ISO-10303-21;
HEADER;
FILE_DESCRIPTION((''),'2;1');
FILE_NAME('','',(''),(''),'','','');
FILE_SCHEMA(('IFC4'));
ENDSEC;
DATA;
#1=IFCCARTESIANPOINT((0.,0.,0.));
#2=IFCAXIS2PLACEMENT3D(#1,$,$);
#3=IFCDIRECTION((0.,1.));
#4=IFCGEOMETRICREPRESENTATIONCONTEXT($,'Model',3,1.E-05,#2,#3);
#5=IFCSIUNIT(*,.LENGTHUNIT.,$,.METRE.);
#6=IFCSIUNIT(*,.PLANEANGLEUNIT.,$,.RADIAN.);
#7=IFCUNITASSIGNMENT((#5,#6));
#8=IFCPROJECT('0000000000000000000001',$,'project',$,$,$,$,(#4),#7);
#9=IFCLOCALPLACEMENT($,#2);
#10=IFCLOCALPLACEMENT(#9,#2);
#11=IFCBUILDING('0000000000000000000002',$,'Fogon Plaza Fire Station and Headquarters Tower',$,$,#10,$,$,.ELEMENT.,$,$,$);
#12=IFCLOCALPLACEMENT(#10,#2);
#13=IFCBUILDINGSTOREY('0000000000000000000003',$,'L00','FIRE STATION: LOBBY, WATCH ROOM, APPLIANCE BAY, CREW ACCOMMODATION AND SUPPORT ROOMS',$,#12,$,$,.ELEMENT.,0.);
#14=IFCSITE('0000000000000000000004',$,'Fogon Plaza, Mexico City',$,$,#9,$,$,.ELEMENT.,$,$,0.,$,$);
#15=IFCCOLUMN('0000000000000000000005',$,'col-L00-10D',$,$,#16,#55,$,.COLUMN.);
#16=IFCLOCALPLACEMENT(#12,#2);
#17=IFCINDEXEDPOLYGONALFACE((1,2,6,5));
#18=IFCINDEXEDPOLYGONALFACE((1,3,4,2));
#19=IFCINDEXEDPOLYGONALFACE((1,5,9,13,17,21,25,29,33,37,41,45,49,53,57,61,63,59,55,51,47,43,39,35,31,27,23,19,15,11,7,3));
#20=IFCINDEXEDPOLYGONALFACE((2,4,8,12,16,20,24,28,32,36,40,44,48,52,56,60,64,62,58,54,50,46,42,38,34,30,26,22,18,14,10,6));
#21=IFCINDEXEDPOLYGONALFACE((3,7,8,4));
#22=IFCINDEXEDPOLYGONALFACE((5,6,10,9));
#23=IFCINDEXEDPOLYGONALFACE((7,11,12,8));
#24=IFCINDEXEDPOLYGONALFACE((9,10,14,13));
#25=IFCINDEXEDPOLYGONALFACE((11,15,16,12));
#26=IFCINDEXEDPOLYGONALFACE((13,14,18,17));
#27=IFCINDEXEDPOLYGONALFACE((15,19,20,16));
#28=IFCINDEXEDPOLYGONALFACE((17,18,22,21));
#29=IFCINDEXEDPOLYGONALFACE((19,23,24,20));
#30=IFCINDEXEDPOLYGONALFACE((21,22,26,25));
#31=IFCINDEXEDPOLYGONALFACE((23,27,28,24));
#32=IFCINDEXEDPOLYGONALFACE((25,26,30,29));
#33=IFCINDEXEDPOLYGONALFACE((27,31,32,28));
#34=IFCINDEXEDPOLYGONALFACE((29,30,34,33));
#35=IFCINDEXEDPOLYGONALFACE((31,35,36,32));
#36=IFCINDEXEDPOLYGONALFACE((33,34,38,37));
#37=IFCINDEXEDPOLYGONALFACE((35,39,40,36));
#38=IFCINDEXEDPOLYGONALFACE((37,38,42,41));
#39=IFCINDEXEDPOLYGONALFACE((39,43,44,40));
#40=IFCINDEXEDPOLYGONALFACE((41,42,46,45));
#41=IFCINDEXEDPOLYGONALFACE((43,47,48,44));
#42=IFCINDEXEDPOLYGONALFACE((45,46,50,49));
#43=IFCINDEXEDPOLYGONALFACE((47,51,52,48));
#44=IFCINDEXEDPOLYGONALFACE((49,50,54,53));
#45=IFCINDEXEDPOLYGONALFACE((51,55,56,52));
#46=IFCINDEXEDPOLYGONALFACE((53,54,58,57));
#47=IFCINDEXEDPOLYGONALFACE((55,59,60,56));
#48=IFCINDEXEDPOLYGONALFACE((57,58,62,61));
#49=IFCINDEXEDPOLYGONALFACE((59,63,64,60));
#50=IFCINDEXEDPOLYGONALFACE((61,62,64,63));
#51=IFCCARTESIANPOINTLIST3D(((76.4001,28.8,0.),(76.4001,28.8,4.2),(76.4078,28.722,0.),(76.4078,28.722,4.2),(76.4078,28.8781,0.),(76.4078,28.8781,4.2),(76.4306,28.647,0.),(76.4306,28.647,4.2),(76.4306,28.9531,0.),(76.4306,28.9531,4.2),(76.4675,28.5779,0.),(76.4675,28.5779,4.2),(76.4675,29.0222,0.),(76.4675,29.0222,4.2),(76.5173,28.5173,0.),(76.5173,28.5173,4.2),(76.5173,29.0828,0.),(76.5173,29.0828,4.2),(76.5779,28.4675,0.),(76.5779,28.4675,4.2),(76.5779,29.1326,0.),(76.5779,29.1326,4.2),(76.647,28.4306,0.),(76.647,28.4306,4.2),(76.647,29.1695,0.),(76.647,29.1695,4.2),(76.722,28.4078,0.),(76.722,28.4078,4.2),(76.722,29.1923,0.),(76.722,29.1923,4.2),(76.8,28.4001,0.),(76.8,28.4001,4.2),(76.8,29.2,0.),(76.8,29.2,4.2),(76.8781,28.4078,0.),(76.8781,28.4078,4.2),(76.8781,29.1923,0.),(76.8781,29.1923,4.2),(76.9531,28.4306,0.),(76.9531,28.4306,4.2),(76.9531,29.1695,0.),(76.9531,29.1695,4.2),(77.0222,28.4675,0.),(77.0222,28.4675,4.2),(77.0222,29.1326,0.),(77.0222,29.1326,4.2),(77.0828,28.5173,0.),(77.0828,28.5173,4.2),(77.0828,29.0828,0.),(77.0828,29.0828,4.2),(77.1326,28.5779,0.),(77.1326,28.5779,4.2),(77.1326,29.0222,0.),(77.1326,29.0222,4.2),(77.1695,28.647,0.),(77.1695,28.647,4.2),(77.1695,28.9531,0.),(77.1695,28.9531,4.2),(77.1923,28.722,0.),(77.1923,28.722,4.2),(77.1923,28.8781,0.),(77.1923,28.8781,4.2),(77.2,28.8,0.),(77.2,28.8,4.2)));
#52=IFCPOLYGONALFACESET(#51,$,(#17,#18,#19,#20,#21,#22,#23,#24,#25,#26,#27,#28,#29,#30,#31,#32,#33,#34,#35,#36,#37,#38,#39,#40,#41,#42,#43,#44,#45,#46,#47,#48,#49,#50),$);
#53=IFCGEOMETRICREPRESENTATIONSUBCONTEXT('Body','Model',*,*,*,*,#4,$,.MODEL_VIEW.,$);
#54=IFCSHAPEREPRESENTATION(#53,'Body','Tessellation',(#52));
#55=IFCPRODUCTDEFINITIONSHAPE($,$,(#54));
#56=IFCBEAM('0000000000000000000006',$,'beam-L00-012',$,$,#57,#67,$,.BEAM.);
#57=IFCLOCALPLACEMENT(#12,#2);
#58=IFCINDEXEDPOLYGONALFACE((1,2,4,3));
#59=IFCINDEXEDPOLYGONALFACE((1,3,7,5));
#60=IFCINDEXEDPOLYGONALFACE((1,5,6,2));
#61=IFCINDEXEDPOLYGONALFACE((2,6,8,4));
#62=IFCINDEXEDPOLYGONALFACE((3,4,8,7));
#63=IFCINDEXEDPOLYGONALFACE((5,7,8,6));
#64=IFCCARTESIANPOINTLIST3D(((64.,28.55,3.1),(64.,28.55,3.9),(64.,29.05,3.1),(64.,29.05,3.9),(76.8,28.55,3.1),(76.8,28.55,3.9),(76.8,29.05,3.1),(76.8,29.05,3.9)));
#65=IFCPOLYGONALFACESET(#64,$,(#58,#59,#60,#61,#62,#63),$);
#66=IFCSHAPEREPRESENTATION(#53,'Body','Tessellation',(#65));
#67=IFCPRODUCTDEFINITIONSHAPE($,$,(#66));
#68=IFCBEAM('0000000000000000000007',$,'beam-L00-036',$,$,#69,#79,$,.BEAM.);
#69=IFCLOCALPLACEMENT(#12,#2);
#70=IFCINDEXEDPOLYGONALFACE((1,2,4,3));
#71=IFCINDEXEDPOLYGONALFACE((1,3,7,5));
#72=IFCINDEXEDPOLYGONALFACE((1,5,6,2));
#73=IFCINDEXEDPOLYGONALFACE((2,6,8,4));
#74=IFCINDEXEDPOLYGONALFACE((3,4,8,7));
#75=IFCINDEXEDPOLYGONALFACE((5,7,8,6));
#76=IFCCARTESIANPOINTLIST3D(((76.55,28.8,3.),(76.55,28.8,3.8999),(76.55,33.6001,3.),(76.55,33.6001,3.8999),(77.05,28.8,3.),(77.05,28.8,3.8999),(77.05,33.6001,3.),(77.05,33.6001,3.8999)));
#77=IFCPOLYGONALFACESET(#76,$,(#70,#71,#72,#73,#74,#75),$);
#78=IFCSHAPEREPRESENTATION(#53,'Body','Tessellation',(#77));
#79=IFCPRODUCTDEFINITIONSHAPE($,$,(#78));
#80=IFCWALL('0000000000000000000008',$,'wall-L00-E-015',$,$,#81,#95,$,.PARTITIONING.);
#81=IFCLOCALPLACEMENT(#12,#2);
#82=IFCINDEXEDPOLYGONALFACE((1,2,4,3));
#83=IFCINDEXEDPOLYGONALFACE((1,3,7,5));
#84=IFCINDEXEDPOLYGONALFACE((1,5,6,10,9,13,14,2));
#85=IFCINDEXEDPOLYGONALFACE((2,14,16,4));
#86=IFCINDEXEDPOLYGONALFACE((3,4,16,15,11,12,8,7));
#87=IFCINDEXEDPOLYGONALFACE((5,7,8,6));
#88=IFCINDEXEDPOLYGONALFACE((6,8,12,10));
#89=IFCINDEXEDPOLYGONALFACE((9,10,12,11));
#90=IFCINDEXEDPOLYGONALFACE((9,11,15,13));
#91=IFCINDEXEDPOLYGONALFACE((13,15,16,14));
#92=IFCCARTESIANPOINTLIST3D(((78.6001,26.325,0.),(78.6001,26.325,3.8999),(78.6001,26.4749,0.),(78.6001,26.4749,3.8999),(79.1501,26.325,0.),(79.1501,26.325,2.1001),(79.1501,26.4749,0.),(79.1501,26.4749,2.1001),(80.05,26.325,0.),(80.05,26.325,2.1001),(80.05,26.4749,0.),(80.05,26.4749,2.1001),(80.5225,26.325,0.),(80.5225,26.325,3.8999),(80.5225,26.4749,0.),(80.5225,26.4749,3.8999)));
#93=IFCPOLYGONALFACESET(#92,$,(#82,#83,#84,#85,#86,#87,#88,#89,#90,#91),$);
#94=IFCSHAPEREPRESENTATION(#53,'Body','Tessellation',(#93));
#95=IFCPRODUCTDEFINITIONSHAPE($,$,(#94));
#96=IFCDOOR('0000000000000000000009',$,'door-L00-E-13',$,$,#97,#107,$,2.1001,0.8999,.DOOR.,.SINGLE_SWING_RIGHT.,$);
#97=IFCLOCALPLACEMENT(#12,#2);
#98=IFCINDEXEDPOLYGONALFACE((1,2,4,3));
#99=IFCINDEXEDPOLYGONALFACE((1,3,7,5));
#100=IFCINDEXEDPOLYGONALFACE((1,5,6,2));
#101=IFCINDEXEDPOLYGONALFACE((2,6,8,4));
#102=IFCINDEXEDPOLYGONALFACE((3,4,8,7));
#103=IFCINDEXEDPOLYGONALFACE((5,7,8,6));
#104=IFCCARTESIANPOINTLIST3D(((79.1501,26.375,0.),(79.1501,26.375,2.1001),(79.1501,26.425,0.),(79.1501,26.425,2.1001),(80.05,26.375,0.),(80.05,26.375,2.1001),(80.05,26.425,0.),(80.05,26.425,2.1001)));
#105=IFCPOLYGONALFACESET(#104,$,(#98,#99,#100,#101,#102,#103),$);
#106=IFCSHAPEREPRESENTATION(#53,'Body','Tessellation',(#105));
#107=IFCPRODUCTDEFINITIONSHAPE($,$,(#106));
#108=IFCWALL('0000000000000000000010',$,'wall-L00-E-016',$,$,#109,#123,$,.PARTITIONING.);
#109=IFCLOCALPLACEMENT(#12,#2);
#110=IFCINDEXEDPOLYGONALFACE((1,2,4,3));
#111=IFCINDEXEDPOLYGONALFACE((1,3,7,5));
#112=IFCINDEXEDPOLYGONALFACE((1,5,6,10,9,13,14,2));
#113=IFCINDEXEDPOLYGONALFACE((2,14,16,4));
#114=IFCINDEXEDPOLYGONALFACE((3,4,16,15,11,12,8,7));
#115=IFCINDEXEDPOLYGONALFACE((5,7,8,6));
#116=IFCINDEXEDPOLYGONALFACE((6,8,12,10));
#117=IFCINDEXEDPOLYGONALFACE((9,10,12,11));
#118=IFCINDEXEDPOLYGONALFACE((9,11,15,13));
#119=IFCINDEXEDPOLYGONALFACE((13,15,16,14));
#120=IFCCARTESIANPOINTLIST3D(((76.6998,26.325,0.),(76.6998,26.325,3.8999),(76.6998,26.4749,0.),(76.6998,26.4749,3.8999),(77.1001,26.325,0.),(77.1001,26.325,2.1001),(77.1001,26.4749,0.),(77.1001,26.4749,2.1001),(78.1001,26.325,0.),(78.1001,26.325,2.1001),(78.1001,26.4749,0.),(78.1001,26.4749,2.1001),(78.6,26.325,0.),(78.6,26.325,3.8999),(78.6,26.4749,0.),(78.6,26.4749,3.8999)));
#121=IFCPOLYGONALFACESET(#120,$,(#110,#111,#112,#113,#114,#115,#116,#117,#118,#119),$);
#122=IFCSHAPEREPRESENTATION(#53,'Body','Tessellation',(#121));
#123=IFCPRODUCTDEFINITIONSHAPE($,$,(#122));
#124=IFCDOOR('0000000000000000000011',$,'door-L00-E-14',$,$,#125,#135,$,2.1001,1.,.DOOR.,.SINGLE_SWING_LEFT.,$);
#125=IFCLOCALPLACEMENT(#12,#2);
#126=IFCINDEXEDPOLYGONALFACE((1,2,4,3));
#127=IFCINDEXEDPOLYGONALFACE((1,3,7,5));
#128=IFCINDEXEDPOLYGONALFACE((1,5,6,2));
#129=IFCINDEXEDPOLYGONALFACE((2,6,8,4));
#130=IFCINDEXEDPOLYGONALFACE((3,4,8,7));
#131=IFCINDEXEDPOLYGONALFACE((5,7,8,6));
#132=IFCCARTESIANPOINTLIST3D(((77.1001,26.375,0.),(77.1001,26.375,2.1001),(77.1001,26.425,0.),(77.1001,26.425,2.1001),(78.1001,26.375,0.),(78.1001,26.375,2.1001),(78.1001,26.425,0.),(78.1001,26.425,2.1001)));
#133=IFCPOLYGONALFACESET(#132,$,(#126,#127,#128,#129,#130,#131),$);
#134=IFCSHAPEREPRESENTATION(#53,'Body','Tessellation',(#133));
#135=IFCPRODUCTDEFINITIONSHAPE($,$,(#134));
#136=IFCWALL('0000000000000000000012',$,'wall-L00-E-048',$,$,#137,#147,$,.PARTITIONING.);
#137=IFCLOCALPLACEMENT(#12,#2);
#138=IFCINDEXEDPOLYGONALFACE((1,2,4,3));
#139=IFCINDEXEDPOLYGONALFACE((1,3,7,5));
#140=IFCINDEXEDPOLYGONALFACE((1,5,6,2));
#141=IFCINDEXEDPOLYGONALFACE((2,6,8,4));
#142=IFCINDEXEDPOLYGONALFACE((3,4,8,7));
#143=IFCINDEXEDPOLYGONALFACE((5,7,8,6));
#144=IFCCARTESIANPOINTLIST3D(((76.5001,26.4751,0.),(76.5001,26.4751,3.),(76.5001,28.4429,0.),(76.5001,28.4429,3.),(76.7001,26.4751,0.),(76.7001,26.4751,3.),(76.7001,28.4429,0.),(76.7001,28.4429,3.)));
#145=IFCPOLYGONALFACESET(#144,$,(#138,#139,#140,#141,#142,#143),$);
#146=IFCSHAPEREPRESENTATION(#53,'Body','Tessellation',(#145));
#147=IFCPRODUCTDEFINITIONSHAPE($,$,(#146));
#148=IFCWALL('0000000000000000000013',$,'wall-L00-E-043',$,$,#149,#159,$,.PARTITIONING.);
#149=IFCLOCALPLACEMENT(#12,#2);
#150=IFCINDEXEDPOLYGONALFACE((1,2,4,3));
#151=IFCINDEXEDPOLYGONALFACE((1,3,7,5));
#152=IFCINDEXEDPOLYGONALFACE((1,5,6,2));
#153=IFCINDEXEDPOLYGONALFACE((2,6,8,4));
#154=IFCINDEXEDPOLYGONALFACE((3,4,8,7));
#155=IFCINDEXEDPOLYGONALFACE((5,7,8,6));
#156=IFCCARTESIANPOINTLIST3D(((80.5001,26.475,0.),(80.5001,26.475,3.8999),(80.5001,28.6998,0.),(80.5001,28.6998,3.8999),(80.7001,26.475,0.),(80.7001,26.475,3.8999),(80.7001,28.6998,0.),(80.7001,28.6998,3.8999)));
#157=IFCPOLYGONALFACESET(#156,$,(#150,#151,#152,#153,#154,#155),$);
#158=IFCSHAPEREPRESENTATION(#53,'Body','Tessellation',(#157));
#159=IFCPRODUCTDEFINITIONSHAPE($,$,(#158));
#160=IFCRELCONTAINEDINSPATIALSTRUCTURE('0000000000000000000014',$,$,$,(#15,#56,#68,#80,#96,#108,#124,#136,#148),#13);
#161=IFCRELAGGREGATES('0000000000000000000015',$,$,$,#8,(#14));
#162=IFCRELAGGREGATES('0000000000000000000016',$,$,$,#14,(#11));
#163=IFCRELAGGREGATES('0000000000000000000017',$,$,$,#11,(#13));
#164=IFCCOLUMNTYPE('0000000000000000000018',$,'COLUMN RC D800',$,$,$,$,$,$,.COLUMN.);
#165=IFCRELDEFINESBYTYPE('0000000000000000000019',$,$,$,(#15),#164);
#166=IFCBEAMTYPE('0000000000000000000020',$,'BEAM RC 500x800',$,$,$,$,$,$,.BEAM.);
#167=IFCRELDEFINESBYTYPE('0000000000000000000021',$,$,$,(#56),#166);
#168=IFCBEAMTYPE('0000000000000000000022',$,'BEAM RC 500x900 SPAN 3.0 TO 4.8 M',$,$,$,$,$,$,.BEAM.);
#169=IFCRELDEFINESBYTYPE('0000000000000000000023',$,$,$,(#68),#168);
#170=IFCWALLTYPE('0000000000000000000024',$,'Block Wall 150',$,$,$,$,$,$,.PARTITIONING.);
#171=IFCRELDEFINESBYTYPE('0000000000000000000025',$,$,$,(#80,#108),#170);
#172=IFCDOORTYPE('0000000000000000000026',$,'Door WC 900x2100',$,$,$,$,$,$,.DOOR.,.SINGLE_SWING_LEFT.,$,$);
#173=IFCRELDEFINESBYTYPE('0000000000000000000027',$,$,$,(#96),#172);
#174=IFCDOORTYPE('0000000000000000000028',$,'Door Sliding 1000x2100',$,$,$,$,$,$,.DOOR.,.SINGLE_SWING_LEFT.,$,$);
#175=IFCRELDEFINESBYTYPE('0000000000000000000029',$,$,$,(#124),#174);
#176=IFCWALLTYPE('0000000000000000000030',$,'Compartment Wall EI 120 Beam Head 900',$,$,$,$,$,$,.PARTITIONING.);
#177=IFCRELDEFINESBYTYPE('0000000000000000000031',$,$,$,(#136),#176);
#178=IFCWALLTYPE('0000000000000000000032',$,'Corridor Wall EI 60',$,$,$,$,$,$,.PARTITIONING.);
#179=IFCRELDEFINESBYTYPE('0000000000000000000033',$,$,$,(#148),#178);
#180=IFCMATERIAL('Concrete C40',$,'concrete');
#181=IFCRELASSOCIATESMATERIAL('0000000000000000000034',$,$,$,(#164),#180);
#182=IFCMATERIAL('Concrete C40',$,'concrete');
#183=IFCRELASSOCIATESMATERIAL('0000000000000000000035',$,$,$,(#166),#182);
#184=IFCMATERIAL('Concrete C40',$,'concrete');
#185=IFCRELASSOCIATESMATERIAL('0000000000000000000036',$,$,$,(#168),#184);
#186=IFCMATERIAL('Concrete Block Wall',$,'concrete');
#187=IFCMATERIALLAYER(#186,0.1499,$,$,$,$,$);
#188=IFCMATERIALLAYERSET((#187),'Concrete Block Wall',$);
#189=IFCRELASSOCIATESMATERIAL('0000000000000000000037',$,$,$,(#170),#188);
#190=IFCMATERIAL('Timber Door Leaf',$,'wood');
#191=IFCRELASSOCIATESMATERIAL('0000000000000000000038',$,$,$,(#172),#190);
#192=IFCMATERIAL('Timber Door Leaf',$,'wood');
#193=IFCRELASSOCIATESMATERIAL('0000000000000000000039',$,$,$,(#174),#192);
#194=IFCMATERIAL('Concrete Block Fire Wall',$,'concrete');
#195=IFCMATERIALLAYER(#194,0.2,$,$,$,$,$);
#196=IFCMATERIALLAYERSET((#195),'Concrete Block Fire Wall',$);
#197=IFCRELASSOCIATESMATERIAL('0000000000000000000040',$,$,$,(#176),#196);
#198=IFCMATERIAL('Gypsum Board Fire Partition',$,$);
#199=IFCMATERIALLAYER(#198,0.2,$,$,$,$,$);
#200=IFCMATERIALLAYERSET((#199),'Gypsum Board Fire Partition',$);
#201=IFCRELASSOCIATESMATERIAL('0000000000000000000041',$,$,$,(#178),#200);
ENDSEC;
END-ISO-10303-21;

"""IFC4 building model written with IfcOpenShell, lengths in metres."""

from ifc_helpers import new_model, si_unit, direction, frame, frame_2d, origin, origin_2d, place, context, subcontext, project, spatial, rectangle, circle, extrude, material, layer, layer_set, material_profile, profile_set, type_object, element, fill, save


model = new_model("IFC4")

# Units and contexts
model_context = context("Model", 3, precision=1e-05, world=origin(), true_north=direction((0.0, 1.0)))
body_context = subcontext(model_context, "Body", "Model", "MODEL_VIEW")
ifc_project = project(units=[si_unit("LENGTHUNIT", "METRE"), si_unit("PLANEANGLEUNIT", "RADIAN")], contexts=[model_context])

# Site, building, storey
site_placement = place(None, origin())
site = spatial("IfcSite", under=ifc_project, at=site_placement, Name="Fogon Plaza, Mexico City", CompositionType="ELEMENT", RefElevation=0.0)
building_placement = place(site_placement, origin())
building = spatial("IfcBuilding", under=site, at=building_placement, Name="Fogon Plaza Fire Station and Headquarters Tower", CompositionType="ELEMENT")
storey_placement = place(building_placement, origin())
storey = spatial("IfcBuildingStorey", under=building, at=storey_placement, Name="L00", Description="FIRE STATION: LOBBY, WATCH ROOM, APPLIANCE BAY, CREW ACCOMMODATION AND SUPPORT ROOMS", CompositionType="ELEMENT", Elevation=0.0)

# Column
ifc_material_1 = material(Name="Concrete C40", Category="concrete")
ifc_material_profile_1 = material_profile(ifc_material_1, circle(Radius=0.3999, at=origin_2d()), Name="RC D800")
ifc_profile_set_1 = profile_set([ifc_material_profile_1], Name="Concrete C40")
column_type = type_object("IfcColumnType", Name="COLUMN RC D800", PredefinedType="COLUMN", material=ifc_profile_set_1)
column_placement = place(storey_placement, frame((76.8, 28.8, 0.0), z_axis=(0.0, 0.0, 1.0), x_axis=(1.0, 0.0, 0.0)))
element("IfcColumn", 1, at=column_placement, inside=storey, type_object=column_type, Name="col-L00-10D", PredefinedType="COLUMN", context=body_context, shape_type="SweptSolid", body=[
    extrude(circle(Radius=0.3999, at=origin_2d()), origin(), (0.0, 0.0, 1.0), 4.2),
])

# Beams
ifc_material_2 = material(Name="Concrete C40", Category="concrete")
ifc_material_profile_2 = material_profile(ifc_material_2, rectangle(XDim=0.5, YDim=0.8, at=origin_2d()), Name="RC 500x800")
ifc_profile_set_2 = profile_set([ifc_material_profile_2], Name="Concrete C40")
beam_type_1 = type_object("IfcBeamType", Name="BEAM RC 500x800", PredefinedType="BEAM", material=ifc_profile_set_2)
beam_1_placement = place(storey_placement, frame((76.8, 28.8, 3.5), z_axis=(-1.0, 0.0, 0.0), x_axis=(0.0, -1.0, 0.0)))
element("IfcBeam", 2, at=beam_1_placement, inside=storey, type_object=beam_type_1, Name="beam-L00-012", PredefinedType="BEAM", context=body_context, shape_type="SweptSolid", body=[
    extrude(rectangle(XDim=0.5, YDim=0.8, at=origin_2d()), origin(), (0.0, 0.0, 1.0), 12.8),
])
ifc_material_3 = material(Name="Concrete C40", Category="concrete")
ifc_material_profile_3 = material_profile(ifc_material_3, rectangle(XDim=0.5, YDim=0.8999, at=origin_2d()), Name="RC 500x900")
ifc_profile_set_3 = profile_set([ifc_material_profile_3], Name="Concrete C40")
beam_type_2 = type_object("IfcBeamType", Name="BEAM RC 500x900 SPAN 3.0 TO 4.8 M", PredefinedType="BEAM", material=ifc_profile_set_3)
beam_2_placement = place(storey_placement, frame((76.8, 28.8, 3.45), z_axis=(0.0, 1.0, 0.0), x_axis=(-1.0, 0.0, 0.0)))
element("IfcBeam", 3, at=beam_2_placement, inside=storey, type_object=beam_type_2, Name="beam-L00-036", PredefinedType="BEAM", context=body_context, shape_type="SweptSolid", body=[
    extrude(rectangle(XDim=0.5, YDim=0.8999, at=origin_2d()), origin(), (0.0, 0.0, 1.0), 4.8),
])

# Walls, openings, doors
ifc_material_4 = material(Name="Concrete Block Wall", Category="concrete")
ifc_layer_1 = layer(ifc_material_4, 0.1499)
ifc_layer_set_1 = layer_set([ifc_layer_1], Name="Concrete Block Wall")
wall_type_1 = type_object("IfcWallType", Name="Block Wall 150", PredefinedType="PARTITIONING", material=ifc_layer_set_1)
wall_1_placement = place(storey_placement, frame((80.5225, 26.3999, 0.0), z_axis=(0.0, 0.0, 1.0), x_axis=(-1.0, 0.0, 0.0)))
wall_1 = element("IfcWall", 4, at=wall_1_placement, inside=storey, type_object=wall_type_1, Name="wall-L00-E-015", PredefinedType="PARTITIONING", context=body_context, shape_type="SweptSolid", body=[
    extrude(rectangle(XDim=1.9224, YDim=0.1499, at=frame_2d((0.9612, 0.0))), origin(), (0.0, 0.0, 1.0), 3.8999),
])
opening_1_placement = place(wall_1_placement, frame((0.4724, 0.0, 0.0)))
opening_1 = element("IfcOpeningElement", 5, at=opening_1_placement, cuts=wall_1, PredefinedType="OPENING", context=body_context, shape_type="SweptSolid", body=[
    extrude(rectangle(XDim=0.8999, YDim=2.1001, at=frame_2d((0.45, 1.05))), frame((0.0, 0.085, 0.0), z_axis=(0.0, -1.0, 0.0), x_axis=(1.0, 0.0, 0.0)), (0.0, 0.0, 1.0), 0.1699),
])
ifc_material_5 = material(Name="Timber Door Leaf", Category="wood")
door_type_1 = type_object("IfcDoorType", Name="Door WC 900x2100", OperationType="SINGLE_SWING_LEFT", PredefinedType="DOOR", material=ifc_material_5)
door_1_placement = place(opening_1_placement, origin())
door_1 = element("IfcDoor", 6, at=door_1_placement, inside=storey, type_object=door_type_1, Name="door-L00-E-13", OperationType="SINGLE_SWING_RIGHT", OverallHeight=2.1001, OverallWidth=0.8999, PredefinedType="DOOR", context=body_context, shape_type="SweptSolid", body=[
    extrude(rectangle(XDim=0.8999, YDim=2.1001, at=frame_2d((0.45, 1.05))), frame((0.0, 0.0249, 0.0), z_axis=(0.0, -1.0, 0.0), x_axis=(1.0, 0.0, 0.0)), (0.0, 0.0, 1.0), 0.05),
])
fill(opening_1, door_1)
wall_2_placement = place(storey_placement, frame((78.6001, 26.3999, 0.0), z_axis=(0.0, 0.0, 1.0), x_axis=(-1.0, 0.0, 0.0)))
wall_2 = element("IfcWall", 7, at=wall_2_placement, inside=storey, type_object=wall_type_1, Name="wall-L00-E-016", PredefinedType="PARTITIONING", context=body_context, shape_type="SweptSolid", body=[
    extrude(rectangle(XDim=1.9001, YDim=0.1499, at=frame_2d((0.9502, 0.0))), origin(), (0.0, 0.0, 1.0), 3.8999),
])
opening_2_placement = place(wall_2_placement, frame((0.5, 0.0, 0.0)))
opening_2 = element("IfcOpeningElement", 8, at=opening_2_placement, cuts=wall_2, PredefinedType="OPENING", context=body_context, shape_type="SweptSolid", body=[
    extrude(rectangle(XDim=1.0, YDim=2.1001, at=frame_2d((0.5, 1.05))), frame((0.0, 0.085, 0.0), z_axis=(0.0, -1.0, 0.0), x_axis=(1.0, 0.0, 0.0)), (0.0, 0.0, 1.0), 0.1699),
])
ifc_material_6 = material(Name="Timber Door Leaf", Category="wood")
door_type_2 = type_object("IfcDoorType", Name="Door Sliding 1000x2100", OperationType="SINGLE_SWING_LEFT", PredefinedType="DOOR", material=ifc_material_6)
door_2_placement = place(opening_2_placement, origin())
door_2 = element("IfcDoor", 9, at=door_2_placement, inside=storey, type_object=door_type_2, Name="door-L00-E-14", OperationType="SINGLE_SWING_LEFT", OverallHeight=2.1001, OverallWidth=1.0, PredefinedType="DOOR", context=body_context, shape_type="SweptSolid", body=[
    extrude(rectangle(XDim=1.0, YDim=2.1001, at=frame_2d((0.5, 1.05))), frame((0.0, 0.0249, 0.0), z_axis=(0.0, -1.0, 0.0), x_axis=(1.0, 0.0, 0.0)), (0.0, 0.0, 1.0), 0.05),
])
fill(opening_2, door_2)

# Walls
ifc_material_7 = material(Name="Concrete Block Fire Wall", Category="concrete")
ifc_layer_2 = layer(ifc_material_7, 0.2)
ifc_layer_set_2 = layer_set([ifc_layer_2], Name="Concrete Block Fire Wall")
wall_type_2 = type_object("IfcWallType", Name="Compartment Wall EI 120 Beam Head 900", PredefinedType="PARTITIONING", material=ifc_layer_set_2)
wall_3_placement = place(storey_placement, frame((76.6001, 26.4751, 0.0), z_axis=(0.0, 0.0, 1.0), x_axis=(0.0, 1.0, 0.0)))
element("IfcWall", 10, at=wall_3_placement, inside=storey, type_object=wall_type_2, Name="wall-L00-E-048", PredefinedType="PARTITIONING", context=body_context, shape_type="SweptSolid", body=[
    extrude(rectangle(XDim=1.9678, YDim=0.2, at=frame_2d((0.9839, 0.0))), origin(), (0.0, 0.0, 1.0), 3.0),
])
ifc_material_8 = material(Name="Gypsum Board Fire Partition")
ifc_layer_3 = layer(ifc_material_8, 0.2)
ifc_layer_set_3 = layer_set([ifc_layer_3], Name="Gypsum Board Fire Partition")
wall_type_3 = type_object("IfcWallType", Name="Corridor Wall EI 60", PredefinedType="PARTITIONING", material=ifc_layer_set_3)
wall_4_placement = place(storey_placement, frame((80.6001, 26.4751, 0.0), z_axis=(0.0, 0.0, 1.0), x_axis=(0.0, 1.0, 0.0)))
element("IfcWall", 11, at=wall_4_placement, inside=storey, type_object=wall_type_3, Name="wall-L00-E-043", PredefinedType="PARTITIONING", context=body_context, shape_type="SweptSolid", body=[
    extrude(rectangle(XDim=2.2249, YDim=0.2, at=frame_2d((1.1123, 0.0))), origin(), (0.0, 0.0, 1.0), 3.8999),
])

save(model, "model.ifc")
